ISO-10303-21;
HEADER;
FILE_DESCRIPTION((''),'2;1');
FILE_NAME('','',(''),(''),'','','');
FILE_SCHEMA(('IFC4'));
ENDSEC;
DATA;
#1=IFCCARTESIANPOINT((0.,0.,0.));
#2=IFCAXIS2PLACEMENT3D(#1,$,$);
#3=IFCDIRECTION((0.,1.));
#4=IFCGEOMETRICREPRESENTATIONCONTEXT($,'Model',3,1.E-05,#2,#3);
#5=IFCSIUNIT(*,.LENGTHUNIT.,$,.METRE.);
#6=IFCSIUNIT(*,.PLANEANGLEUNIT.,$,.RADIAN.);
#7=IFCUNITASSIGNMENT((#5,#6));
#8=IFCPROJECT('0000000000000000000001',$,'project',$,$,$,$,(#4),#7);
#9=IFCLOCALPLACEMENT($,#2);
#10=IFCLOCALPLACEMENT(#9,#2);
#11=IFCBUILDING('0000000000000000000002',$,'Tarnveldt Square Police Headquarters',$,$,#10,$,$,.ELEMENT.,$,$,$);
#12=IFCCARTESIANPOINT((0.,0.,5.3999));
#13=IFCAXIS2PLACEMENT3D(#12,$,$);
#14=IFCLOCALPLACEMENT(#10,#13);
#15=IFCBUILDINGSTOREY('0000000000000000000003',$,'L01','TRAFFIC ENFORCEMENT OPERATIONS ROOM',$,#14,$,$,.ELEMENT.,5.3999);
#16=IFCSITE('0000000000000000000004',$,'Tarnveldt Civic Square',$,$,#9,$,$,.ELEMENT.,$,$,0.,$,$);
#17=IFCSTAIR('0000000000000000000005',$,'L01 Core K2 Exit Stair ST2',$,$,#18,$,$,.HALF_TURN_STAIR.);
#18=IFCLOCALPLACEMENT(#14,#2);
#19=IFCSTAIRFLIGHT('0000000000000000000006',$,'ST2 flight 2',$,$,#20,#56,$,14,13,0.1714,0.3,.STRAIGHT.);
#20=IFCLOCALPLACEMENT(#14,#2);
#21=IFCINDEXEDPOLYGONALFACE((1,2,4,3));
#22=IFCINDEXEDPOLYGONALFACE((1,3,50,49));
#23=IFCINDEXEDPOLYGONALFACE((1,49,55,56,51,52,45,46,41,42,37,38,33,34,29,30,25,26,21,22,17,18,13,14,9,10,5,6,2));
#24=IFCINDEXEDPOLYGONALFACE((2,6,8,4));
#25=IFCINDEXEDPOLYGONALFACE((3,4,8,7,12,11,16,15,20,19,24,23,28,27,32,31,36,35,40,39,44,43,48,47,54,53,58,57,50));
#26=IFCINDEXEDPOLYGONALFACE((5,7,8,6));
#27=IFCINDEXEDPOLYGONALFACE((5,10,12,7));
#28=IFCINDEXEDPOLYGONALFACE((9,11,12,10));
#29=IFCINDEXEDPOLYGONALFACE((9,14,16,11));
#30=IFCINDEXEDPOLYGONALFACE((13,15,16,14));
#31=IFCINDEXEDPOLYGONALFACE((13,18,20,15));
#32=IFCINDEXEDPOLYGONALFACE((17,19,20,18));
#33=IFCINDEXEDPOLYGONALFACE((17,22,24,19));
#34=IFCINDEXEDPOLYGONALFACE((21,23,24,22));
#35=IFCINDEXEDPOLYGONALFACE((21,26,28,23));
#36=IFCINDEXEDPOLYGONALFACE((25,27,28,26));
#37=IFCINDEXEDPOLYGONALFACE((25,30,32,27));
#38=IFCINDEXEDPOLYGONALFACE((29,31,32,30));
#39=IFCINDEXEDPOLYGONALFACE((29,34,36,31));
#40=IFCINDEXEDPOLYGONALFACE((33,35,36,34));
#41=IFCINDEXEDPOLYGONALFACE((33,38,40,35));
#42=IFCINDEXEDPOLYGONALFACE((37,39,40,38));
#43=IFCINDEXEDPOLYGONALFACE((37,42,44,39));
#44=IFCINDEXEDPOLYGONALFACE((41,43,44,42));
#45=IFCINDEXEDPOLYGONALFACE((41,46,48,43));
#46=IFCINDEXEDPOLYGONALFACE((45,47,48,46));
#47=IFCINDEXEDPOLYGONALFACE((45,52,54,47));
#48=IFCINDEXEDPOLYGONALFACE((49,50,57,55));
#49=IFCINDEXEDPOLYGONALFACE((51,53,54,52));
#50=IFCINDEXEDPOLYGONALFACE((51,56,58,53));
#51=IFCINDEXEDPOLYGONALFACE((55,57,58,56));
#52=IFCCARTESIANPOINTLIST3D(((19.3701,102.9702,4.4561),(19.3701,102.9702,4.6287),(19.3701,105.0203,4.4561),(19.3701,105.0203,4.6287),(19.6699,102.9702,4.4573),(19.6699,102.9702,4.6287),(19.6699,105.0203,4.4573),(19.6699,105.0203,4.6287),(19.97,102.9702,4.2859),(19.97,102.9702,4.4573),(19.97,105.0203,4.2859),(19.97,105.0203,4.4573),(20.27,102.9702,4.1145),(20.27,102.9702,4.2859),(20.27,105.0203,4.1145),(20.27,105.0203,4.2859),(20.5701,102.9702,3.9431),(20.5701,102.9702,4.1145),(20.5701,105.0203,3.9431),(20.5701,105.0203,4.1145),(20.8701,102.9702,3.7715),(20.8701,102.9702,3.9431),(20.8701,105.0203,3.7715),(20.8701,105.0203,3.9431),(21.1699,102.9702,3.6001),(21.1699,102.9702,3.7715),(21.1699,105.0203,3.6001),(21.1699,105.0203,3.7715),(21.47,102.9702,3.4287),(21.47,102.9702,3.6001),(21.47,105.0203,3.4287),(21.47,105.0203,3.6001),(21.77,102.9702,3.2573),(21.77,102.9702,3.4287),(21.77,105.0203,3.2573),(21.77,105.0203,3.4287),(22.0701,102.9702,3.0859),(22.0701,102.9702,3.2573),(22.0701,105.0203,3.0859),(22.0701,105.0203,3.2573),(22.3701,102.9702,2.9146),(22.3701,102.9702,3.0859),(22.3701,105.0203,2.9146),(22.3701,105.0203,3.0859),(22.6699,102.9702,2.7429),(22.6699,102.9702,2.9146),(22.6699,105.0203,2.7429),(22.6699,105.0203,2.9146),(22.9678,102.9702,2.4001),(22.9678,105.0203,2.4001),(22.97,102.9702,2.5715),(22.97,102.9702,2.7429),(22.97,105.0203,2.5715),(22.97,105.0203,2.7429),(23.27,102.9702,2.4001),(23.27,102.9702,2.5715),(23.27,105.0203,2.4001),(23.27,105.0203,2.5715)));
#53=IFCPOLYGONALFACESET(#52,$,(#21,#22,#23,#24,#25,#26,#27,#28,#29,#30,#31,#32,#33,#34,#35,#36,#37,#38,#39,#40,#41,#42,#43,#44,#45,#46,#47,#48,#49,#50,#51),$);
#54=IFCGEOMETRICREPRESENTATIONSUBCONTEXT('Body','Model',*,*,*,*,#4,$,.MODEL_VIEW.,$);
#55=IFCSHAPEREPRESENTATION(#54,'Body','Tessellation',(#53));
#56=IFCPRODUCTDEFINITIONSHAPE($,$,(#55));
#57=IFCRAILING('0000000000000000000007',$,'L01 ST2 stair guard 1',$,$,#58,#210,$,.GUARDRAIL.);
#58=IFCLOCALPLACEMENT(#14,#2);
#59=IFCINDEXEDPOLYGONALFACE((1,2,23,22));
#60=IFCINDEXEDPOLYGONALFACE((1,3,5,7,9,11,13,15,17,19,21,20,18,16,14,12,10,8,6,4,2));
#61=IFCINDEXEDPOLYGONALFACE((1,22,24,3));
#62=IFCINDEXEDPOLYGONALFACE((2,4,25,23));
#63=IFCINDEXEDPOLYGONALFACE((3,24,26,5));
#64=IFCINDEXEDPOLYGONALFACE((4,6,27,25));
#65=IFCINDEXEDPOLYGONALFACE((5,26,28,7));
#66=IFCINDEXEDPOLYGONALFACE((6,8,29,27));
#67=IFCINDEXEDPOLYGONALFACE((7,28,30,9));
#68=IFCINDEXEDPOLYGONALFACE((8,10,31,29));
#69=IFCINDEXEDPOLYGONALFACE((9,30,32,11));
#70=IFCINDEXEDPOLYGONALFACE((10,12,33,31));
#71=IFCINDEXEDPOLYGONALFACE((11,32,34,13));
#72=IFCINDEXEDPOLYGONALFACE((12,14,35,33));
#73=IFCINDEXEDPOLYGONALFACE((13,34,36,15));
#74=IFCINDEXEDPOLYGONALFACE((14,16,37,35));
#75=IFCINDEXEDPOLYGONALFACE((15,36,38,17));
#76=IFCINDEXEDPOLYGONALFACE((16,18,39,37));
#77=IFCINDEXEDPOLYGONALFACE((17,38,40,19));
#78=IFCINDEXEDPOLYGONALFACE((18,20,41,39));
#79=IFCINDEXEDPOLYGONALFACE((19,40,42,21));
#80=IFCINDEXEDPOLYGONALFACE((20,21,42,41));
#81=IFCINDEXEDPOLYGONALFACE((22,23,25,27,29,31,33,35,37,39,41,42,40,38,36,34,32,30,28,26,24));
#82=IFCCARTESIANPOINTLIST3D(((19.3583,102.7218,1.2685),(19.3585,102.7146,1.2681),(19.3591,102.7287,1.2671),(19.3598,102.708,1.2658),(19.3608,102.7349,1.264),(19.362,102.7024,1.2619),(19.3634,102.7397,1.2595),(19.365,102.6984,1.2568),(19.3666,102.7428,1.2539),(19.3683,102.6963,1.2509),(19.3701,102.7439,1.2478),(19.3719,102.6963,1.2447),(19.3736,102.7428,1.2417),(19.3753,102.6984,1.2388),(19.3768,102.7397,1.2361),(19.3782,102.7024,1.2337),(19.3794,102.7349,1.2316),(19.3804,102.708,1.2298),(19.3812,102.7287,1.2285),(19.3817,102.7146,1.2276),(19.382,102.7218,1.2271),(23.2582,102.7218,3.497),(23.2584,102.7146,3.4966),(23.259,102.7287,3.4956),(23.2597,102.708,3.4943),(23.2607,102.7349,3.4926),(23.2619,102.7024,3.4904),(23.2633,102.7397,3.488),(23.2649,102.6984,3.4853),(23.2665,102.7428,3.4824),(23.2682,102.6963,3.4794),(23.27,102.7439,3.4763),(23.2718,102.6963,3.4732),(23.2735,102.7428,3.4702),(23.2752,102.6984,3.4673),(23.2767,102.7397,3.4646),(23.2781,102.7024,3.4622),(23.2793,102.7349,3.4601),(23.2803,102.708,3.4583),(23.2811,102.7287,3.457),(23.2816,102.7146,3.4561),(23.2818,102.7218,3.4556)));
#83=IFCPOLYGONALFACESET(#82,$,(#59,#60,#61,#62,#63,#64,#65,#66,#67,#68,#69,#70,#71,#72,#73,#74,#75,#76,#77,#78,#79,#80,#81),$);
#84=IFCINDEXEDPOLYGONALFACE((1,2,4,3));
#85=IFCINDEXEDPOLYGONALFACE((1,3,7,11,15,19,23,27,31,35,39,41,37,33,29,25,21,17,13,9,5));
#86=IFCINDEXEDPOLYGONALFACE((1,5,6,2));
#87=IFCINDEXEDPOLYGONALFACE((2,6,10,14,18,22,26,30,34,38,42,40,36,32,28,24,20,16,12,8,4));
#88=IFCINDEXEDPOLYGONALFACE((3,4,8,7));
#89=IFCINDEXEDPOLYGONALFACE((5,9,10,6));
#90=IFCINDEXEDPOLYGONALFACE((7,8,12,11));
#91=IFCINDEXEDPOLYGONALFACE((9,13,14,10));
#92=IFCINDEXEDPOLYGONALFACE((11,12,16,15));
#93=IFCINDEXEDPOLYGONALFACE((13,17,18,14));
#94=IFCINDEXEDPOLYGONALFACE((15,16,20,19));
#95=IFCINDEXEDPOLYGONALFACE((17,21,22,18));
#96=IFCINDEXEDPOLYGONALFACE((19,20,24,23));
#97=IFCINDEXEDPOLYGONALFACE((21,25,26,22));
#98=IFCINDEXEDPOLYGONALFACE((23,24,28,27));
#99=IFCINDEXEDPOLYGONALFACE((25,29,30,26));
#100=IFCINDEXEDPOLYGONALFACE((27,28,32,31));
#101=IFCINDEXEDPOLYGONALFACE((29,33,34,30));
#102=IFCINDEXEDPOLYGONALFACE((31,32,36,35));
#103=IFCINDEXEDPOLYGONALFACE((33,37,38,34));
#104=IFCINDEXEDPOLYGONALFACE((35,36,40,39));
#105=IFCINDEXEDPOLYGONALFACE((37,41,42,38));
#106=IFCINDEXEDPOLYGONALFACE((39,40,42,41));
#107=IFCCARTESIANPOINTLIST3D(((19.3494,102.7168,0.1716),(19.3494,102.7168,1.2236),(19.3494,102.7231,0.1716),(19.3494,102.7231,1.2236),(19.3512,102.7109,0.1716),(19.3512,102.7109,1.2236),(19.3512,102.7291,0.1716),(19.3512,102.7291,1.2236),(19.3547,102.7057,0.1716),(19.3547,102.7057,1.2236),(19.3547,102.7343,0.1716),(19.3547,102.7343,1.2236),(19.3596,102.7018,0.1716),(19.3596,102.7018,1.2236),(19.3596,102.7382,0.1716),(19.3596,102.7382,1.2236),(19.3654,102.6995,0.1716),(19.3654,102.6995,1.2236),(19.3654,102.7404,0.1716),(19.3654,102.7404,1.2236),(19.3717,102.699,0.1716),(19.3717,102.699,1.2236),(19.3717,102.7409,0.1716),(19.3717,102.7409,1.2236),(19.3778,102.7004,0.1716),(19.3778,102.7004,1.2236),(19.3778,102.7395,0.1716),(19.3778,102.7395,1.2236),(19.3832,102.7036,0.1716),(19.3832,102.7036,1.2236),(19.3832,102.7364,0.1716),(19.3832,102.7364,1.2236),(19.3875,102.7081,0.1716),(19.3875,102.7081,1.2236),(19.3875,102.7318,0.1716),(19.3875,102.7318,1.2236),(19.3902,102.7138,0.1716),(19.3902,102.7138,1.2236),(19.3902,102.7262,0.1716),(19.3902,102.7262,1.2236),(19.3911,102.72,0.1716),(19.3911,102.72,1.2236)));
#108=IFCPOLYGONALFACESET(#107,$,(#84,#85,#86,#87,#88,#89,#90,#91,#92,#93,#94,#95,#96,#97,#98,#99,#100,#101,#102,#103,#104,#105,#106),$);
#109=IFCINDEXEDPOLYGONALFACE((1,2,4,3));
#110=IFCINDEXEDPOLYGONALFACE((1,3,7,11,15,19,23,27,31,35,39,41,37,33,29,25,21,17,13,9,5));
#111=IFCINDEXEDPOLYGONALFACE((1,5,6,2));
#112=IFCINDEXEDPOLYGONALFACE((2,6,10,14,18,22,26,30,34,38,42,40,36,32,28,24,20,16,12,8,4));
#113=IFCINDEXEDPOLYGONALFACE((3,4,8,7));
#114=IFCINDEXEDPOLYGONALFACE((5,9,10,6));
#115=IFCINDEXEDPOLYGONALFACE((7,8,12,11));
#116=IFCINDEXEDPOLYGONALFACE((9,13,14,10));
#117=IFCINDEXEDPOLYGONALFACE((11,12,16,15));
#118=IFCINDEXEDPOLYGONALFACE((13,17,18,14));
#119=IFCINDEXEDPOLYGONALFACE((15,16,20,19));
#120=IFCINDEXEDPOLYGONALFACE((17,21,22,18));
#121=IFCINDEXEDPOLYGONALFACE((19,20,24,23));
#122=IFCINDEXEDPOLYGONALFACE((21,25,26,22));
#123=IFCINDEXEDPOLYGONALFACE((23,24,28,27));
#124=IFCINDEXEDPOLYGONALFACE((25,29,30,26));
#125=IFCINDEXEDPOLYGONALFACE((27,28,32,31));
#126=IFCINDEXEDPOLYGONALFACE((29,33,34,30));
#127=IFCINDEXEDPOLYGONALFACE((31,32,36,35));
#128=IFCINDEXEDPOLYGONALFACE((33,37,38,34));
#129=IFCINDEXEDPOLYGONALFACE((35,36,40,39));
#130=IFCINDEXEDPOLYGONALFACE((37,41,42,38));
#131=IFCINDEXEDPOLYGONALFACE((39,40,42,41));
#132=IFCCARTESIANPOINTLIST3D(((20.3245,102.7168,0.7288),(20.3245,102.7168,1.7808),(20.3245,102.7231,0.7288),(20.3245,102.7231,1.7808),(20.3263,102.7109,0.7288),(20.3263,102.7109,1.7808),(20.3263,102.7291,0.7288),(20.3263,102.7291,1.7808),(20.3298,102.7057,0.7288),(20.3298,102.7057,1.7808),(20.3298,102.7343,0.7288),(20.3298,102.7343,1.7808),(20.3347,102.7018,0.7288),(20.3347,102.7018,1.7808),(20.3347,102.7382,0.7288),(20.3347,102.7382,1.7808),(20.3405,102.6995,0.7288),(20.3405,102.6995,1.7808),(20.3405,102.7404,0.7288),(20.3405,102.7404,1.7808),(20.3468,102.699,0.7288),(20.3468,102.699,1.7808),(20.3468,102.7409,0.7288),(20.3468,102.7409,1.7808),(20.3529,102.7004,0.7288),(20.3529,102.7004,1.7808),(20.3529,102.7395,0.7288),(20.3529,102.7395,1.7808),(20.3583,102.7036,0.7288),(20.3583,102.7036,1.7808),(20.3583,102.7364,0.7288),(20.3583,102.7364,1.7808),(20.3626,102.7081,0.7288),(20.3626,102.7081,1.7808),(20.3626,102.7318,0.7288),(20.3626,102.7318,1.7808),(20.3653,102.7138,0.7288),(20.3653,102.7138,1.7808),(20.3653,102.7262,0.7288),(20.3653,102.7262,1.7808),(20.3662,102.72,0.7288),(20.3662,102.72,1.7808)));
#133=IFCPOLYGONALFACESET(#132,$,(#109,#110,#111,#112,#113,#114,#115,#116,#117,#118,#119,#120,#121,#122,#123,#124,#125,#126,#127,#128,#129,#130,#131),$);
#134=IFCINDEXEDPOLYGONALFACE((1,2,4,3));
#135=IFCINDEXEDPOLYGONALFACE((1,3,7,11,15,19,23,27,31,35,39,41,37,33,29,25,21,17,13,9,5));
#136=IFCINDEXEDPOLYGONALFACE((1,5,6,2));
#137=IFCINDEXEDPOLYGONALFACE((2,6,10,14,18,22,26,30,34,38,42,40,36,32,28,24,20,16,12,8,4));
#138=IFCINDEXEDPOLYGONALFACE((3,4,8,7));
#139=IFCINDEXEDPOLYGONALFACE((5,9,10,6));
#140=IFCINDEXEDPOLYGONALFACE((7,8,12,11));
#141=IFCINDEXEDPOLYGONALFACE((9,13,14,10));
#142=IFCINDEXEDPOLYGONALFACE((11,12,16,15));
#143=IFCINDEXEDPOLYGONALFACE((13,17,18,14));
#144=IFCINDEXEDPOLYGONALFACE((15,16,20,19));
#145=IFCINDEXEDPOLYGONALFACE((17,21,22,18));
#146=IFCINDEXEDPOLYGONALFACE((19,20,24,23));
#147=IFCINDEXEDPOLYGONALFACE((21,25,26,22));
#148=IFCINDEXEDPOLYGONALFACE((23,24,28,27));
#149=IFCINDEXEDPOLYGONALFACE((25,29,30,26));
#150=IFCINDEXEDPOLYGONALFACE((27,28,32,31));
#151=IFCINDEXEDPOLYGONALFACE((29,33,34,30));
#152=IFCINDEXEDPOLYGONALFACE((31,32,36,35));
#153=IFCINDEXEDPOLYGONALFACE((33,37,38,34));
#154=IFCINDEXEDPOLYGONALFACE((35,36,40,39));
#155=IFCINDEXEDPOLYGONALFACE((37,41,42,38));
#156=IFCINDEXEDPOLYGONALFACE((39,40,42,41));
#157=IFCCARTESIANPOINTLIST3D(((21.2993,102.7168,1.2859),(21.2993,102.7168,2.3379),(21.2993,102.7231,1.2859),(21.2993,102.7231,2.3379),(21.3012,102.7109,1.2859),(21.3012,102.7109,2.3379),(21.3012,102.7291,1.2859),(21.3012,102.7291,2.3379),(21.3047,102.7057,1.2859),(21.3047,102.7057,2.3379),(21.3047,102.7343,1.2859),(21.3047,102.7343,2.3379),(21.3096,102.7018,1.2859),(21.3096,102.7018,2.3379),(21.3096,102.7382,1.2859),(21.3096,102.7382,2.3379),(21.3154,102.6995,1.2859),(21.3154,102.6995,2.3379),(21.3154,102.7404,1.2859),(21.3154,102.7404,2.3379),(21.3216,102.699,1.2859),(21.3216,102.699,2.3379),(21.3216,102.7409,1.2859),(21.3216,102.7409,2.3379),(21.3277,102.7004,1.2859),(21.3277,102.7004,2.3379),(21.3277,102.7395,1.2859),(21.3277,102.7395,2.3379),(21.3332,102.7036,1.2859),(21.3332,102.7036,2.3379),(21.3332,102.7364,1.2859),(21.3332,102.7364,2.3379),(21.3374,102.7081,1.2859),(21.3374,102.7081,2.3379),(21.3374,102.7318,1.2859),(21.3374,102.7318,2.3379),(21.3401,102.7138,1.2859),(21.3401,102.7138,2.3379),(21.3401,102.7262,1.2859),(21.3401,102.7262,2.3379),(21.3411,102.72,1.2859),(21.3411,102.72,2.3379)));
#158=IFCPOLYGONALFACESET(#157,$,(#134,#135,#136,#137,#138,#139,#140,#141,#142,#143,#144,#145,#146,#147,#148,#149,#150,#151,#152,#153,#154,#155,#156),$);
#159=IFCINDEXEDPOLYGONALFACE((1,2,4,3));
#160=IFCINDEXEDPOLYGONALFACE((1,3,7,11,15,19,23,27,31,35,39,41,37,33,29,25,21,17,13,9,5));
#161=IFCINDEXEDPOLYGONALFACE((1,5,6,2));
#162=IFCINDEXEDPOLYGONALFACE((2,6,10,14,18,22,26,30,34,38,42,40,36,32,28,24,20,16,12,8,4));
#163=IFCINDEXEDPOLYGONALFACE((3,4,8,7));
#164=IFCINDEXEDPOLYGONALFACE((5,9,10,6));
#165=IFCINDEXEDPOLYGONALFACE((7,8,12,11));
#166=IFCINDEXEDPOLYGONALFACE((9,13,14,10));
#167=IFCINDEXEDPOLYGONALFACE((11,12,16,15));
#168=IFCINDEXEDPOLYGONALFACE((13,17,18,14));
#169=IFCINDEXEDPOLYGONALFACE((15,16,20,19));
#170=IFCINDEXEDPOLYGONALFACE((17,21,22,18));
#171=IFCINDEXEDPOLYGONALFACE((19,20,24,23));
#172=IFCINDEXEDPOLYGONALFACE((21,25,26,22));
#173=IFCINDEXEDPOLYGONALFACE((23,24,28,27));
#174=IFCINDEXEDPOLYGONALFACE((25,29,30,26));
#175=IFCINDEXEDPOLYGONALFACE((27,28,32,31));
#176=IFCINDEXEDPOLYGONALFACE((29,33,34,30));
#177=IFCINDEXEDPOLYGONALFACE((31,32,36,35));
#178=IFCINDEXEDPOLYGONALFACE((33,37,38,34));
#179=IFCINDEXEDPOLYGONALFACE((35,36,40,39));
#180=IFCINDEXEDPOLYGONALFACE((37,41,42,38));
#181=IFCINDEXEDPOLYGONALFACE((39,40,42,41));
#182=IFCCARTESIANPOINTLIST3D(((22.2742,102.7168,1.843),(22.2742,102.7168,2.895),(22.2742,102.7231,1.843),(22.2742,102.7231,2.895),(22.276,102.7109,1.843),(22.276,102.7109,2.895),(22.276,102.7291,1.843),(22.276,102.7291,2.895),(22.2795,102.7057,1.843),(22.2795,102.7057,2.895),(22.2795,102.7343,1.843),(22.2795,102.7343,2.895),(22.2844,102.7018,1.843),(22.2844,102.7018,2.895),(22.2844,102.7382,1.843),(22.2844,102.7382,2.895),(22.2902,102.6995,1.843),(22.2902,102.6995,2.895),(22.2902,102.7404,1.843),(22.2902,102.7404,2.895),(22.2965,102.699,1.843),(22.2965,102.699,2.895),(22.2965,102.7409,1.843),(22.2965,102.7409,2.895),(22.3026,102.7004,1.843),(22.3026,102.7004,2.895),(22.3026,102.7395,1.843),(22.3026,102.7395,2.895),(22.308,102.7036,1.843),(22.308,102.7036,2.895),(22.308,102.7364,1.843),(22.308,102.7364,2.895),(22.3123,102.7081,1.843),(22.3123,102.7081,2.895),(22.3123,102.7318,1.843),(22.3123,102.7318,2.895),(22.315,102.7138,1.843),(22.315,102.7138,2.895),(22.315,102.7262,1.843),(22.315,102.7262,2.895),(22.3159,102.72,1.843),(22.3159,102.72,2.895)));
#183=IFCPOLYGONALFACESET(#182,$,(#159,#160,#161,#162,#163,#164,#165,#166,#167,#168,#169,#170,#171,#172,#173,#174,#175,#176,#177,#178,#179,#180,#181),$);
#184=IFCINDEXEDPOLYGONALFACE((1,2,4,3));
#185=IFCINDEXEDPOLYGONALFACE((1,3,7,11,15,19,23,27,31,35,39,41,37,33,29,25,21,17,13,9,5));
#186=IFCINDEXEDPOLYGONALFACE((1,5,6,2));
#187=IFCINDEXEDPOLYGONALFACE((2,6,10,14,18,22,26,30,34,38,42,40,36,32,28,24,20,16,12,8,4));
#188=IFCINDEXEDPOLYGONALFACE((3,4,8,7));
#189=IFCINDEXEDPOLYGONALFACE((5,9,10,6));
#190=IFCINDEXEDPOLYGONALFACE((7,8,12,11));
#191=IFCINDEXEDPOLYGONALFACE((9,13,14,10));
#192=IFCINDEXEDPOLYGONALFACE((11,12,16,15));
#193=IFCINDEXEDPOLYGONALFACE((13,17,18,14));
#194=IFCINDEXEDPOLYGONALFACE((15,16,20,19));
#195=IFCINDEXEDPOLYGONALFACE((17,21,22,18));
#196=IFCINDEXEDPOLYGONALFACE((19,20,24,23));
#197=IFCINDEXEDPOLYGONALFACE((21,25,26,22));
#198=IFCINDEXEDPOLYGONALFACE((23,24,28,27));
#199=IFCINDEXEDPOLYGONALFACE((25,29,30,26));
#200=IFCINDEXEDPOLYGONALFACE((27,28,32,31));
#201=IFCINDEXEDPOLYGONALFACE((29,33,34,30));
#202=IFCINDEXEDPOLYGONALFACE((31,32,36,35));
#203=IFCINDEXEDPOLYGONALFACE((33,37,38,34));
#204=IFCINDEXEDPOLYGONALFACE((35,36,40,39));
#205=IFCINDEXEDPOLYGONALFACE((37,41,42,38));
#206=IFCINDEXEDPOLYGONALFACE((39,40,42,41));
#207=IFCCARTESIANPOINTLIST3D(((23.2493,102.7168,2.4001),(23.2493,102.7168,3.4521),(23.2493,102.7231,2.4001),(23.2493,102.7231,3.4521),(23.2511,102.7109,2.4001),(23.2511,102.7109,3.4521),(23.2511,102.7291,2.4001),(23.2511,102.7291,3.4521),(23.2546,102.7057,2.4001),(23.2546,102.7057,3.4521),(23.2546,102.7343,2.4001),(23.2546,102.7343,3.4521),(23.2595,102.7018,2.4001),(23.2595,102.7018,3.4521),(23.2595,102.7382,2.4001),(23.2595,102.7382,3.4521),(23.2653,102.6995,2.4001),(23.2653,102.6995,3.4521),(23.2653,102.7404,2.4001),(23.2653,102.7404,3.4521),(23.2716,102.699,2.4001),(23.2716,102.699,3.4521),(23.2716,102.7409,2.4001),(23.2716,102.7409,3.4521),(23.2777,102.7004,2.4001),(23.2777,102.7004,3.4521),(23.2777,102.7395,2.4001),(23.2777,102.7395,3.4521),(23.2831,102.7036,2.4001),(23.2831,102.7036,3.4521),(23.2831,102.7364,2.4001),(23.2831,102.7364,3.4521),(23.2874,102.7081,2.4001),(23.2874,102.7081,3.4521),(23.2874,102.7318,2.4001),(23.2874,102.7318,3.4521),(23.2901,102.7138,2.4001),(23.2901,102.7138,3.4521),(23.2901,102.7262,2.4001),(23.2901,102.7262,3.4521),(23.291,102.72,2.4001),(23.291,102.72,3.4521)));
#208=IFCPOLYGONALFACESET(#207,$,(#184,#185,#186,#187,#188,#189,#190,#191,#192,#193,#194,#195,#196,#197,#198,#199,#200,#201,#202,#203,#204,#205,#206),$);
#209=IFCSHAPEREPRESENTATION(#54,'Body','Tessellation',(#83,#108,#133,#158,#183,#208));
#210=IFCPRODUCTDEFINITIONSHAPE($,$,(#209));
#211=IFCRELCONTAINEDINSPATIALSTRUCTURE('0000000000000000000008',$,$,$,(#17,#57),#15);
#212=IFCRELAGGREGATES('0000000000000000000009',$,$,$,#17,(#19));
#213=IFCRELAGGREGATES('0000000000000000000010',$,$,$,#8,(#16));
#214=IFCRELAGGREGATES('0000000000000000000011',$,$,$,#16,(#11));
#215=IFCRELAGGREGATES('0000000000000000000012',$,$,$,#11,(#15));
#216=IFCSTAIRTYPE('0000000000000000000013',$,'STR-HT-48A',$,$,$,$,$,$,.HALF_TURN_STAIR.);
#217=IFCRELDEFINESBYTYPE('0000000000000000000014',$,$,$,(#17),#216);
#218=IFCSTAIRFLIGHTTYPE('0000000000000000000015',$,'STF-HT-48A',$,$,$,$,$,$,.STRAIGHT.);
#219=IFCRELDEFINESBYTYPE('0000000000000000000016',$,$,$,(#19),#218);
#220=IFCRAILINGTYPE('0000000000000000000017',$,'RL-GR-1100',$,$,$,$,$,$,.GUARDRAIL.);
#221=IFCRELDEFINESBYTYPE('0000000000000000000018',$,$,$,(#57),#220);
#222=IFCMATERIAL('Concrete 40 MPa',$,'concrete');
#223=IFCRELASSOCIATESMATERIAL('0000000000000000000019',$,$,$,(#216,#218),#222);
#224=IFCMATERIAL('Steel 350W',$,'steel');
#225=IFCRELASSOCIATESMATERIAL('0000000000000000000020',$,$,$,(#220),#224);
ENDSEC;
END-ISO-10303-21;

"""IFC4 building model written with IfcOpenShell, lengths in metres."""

from ifc_helpers import new_model, si_unit, direction, frame, origin, origin_2d, place, context, subcontext, project, spatial, polyline, circle, outline, extrude, material, type_object, element, aggregate, save


model = new_model("IFC4")

# Units and contexts
model_context = context("Model", 3, precision=1e-05, world=origin(), true_north=direction((0.0, 1.0)))
body_context = subcontext(model_context, "Body", "Model", "MODEL_VIEW")
ifc_project = project(units=[si_unit("LENGTHUNIT", "METRE"), si_unit("PLANEANGLEUNIT", "RADIAN")], contexts=[model_context])

# Site, building, storey
site_placement = place(None, origin())
site = spatial("IfcSite", under=ifc_project, at=site_placement, Name="Tarnveldt Civic Square", CompositionType="ELEMENT", RefElevation=0.0)
building_placement = place(site_placement, origin())
building = spatial("IfcBuilding", under=site, at=building_placement, Name="Tarnveldt Square Police Headquarters", CompositionType="ELEMENT")
storey_placement = place(building_placement, frame((0.0, 0.0, 5.3999)))
storey = spatial("IfcBuildingStorey", under=building, at=storey_placement, Name="L01", Description="TRAFFIC ENFORCEMENT OPERATIONS ROOM", CompositionType="ELEMENT", Elevation=5.3999)

# Shared definitions
ifc_material_1 = material(Name="Concrete 40 MPa", Category="concrete")
ifc_material_2 = material(Name="Steel 350W", Category="steel")

# Stair, stair flight
stair_type = type_object("IfcStairType", Name="STR-HT-48A", PredefinedType="HALF_TURN_STAIR", material=ifc_material_1)
stair_placement = place(storey_placement, origin())
stair = element("IfcStair", 1, at=stair_placement, inside=storey, type_object=stair_type, Name="L01 Core K2 Exit Stair ST2", PredefinedType="HALF_TURN_STAIR")
stair_flight_type = type_object("IfcStairFlightType", Name="STF-HT-48A", PredefinedType="STRAIGHT", material=ifc_material_1)
stair_flight_1_placement = place(storey_placement, frame((23.27, 103.9951, 2.4001), z_axis=(0.0, 0.0, 1.0), x_axis=(-1.0, 0.0, 0.0)))
stair_flight_1 = element("IfcStairFlight", 2, at=stair_flight_1_placement, type_object=stair_flight_type, Name="ST2 flight 2", NumberOfRisers=14, NumberOfTreads=13, PredefinedType="STRAIGHT", RiserHeight=0.1714, TreadLength=0.3, context=body_context, shape_type="SweptSolid", body=[
    extrude(outline(polyline([(0.0, 0.0), (0.0, 0.1714), (0.3, 0.1714), (0.3, 0.3428), (0.6001, 0.3428), (0.6001, 0.5144), (0.8999, 0.5144), (0.8999, 0.6858), (1.2, 0.6858), (1.2, 0.8572), (1.5, 0.8572), (1.5, 1.0286), (1.8, 1.0286), (1.8, 1.2), (2.1001, 1.2), (2.1001, 1.3713), (2.3999, 1.3713), (2.3999, 1.543), (2.7, 1.543), (2.7, 1.7144), (3.0, 1.7144), (3.0, 1.8857), (3.3, 1.8857), (3.3, 2.0571), (3.6001, 2.0571), (3.6001, 2.2285), (3.8999, 2.2285), (3.8999, 2.3999), (3.8999, 2.0559), (0.3022, 0.0), (0.0, 0.0)])), frame((0.0, 1.0249, 0.0), z_axis=(0.0, -1.0, 0.0), x_axis=(1.0, 0.0, 0.0)), (0.0, 0.0, 1.0), 2.05),
])
aggregate(stair, [stair_flight_1])

# Railing
railing_type_1 = type_object("IfcRailingType", Name="RL-GR-1100", PredefinedType="GUARDRAIL", material=ifc_material_2)
railing_1_placement = place(storey_placement, frame((19.3701, 102.72, 0.1716)))
element("IfcRailing", 3, at=railing_1_placement, inside=storey, type_object=railing_type_1, Name="L01 ST2 stair guard 1", PredefinedType="GUARDRAIL", context=body_context, shape_type="SweptSolid", body=[
    extrude(circle(Radius=0.0239, at=origin_2d()), frame((0.0, 0.0, 1.0762), z_axis=(0.868243, 0.0, 0.496139), x_axis=(0.0, 1.0, 0.0)), (0.0, 0.0, 1.0), 4.4917),
    extrude(circle(Radius=0.021, at=origin_2d()), origin(), (0.0, 0.0, 1.0), 1.052),
    extrude(circle(Radius=0.021, at=origin_2d()), frame((0.9751, 0.0, 0.5571)), (0.0, 0.0, 1.0), 1.052),
    extrude(circle(Radius=0.021, at=origin_2d()), frame((1.95, 0.0, 1.1143)), (0.0, 0.0, 1.0), 1.052),
    extrude(circle(Radius=0.021, at=origin_2d()), frame((2.9248, 0.0, 1.6714)), (0.0, 0.0, 1.0), 1.052),
    extrude(circle(Radius=0.021, at=origin_2d()), frame((3.8999, 0.0, 2.2285)), (0.0, 0.0, 1.0), 1.052),
])

save(model, "model.ifc")
